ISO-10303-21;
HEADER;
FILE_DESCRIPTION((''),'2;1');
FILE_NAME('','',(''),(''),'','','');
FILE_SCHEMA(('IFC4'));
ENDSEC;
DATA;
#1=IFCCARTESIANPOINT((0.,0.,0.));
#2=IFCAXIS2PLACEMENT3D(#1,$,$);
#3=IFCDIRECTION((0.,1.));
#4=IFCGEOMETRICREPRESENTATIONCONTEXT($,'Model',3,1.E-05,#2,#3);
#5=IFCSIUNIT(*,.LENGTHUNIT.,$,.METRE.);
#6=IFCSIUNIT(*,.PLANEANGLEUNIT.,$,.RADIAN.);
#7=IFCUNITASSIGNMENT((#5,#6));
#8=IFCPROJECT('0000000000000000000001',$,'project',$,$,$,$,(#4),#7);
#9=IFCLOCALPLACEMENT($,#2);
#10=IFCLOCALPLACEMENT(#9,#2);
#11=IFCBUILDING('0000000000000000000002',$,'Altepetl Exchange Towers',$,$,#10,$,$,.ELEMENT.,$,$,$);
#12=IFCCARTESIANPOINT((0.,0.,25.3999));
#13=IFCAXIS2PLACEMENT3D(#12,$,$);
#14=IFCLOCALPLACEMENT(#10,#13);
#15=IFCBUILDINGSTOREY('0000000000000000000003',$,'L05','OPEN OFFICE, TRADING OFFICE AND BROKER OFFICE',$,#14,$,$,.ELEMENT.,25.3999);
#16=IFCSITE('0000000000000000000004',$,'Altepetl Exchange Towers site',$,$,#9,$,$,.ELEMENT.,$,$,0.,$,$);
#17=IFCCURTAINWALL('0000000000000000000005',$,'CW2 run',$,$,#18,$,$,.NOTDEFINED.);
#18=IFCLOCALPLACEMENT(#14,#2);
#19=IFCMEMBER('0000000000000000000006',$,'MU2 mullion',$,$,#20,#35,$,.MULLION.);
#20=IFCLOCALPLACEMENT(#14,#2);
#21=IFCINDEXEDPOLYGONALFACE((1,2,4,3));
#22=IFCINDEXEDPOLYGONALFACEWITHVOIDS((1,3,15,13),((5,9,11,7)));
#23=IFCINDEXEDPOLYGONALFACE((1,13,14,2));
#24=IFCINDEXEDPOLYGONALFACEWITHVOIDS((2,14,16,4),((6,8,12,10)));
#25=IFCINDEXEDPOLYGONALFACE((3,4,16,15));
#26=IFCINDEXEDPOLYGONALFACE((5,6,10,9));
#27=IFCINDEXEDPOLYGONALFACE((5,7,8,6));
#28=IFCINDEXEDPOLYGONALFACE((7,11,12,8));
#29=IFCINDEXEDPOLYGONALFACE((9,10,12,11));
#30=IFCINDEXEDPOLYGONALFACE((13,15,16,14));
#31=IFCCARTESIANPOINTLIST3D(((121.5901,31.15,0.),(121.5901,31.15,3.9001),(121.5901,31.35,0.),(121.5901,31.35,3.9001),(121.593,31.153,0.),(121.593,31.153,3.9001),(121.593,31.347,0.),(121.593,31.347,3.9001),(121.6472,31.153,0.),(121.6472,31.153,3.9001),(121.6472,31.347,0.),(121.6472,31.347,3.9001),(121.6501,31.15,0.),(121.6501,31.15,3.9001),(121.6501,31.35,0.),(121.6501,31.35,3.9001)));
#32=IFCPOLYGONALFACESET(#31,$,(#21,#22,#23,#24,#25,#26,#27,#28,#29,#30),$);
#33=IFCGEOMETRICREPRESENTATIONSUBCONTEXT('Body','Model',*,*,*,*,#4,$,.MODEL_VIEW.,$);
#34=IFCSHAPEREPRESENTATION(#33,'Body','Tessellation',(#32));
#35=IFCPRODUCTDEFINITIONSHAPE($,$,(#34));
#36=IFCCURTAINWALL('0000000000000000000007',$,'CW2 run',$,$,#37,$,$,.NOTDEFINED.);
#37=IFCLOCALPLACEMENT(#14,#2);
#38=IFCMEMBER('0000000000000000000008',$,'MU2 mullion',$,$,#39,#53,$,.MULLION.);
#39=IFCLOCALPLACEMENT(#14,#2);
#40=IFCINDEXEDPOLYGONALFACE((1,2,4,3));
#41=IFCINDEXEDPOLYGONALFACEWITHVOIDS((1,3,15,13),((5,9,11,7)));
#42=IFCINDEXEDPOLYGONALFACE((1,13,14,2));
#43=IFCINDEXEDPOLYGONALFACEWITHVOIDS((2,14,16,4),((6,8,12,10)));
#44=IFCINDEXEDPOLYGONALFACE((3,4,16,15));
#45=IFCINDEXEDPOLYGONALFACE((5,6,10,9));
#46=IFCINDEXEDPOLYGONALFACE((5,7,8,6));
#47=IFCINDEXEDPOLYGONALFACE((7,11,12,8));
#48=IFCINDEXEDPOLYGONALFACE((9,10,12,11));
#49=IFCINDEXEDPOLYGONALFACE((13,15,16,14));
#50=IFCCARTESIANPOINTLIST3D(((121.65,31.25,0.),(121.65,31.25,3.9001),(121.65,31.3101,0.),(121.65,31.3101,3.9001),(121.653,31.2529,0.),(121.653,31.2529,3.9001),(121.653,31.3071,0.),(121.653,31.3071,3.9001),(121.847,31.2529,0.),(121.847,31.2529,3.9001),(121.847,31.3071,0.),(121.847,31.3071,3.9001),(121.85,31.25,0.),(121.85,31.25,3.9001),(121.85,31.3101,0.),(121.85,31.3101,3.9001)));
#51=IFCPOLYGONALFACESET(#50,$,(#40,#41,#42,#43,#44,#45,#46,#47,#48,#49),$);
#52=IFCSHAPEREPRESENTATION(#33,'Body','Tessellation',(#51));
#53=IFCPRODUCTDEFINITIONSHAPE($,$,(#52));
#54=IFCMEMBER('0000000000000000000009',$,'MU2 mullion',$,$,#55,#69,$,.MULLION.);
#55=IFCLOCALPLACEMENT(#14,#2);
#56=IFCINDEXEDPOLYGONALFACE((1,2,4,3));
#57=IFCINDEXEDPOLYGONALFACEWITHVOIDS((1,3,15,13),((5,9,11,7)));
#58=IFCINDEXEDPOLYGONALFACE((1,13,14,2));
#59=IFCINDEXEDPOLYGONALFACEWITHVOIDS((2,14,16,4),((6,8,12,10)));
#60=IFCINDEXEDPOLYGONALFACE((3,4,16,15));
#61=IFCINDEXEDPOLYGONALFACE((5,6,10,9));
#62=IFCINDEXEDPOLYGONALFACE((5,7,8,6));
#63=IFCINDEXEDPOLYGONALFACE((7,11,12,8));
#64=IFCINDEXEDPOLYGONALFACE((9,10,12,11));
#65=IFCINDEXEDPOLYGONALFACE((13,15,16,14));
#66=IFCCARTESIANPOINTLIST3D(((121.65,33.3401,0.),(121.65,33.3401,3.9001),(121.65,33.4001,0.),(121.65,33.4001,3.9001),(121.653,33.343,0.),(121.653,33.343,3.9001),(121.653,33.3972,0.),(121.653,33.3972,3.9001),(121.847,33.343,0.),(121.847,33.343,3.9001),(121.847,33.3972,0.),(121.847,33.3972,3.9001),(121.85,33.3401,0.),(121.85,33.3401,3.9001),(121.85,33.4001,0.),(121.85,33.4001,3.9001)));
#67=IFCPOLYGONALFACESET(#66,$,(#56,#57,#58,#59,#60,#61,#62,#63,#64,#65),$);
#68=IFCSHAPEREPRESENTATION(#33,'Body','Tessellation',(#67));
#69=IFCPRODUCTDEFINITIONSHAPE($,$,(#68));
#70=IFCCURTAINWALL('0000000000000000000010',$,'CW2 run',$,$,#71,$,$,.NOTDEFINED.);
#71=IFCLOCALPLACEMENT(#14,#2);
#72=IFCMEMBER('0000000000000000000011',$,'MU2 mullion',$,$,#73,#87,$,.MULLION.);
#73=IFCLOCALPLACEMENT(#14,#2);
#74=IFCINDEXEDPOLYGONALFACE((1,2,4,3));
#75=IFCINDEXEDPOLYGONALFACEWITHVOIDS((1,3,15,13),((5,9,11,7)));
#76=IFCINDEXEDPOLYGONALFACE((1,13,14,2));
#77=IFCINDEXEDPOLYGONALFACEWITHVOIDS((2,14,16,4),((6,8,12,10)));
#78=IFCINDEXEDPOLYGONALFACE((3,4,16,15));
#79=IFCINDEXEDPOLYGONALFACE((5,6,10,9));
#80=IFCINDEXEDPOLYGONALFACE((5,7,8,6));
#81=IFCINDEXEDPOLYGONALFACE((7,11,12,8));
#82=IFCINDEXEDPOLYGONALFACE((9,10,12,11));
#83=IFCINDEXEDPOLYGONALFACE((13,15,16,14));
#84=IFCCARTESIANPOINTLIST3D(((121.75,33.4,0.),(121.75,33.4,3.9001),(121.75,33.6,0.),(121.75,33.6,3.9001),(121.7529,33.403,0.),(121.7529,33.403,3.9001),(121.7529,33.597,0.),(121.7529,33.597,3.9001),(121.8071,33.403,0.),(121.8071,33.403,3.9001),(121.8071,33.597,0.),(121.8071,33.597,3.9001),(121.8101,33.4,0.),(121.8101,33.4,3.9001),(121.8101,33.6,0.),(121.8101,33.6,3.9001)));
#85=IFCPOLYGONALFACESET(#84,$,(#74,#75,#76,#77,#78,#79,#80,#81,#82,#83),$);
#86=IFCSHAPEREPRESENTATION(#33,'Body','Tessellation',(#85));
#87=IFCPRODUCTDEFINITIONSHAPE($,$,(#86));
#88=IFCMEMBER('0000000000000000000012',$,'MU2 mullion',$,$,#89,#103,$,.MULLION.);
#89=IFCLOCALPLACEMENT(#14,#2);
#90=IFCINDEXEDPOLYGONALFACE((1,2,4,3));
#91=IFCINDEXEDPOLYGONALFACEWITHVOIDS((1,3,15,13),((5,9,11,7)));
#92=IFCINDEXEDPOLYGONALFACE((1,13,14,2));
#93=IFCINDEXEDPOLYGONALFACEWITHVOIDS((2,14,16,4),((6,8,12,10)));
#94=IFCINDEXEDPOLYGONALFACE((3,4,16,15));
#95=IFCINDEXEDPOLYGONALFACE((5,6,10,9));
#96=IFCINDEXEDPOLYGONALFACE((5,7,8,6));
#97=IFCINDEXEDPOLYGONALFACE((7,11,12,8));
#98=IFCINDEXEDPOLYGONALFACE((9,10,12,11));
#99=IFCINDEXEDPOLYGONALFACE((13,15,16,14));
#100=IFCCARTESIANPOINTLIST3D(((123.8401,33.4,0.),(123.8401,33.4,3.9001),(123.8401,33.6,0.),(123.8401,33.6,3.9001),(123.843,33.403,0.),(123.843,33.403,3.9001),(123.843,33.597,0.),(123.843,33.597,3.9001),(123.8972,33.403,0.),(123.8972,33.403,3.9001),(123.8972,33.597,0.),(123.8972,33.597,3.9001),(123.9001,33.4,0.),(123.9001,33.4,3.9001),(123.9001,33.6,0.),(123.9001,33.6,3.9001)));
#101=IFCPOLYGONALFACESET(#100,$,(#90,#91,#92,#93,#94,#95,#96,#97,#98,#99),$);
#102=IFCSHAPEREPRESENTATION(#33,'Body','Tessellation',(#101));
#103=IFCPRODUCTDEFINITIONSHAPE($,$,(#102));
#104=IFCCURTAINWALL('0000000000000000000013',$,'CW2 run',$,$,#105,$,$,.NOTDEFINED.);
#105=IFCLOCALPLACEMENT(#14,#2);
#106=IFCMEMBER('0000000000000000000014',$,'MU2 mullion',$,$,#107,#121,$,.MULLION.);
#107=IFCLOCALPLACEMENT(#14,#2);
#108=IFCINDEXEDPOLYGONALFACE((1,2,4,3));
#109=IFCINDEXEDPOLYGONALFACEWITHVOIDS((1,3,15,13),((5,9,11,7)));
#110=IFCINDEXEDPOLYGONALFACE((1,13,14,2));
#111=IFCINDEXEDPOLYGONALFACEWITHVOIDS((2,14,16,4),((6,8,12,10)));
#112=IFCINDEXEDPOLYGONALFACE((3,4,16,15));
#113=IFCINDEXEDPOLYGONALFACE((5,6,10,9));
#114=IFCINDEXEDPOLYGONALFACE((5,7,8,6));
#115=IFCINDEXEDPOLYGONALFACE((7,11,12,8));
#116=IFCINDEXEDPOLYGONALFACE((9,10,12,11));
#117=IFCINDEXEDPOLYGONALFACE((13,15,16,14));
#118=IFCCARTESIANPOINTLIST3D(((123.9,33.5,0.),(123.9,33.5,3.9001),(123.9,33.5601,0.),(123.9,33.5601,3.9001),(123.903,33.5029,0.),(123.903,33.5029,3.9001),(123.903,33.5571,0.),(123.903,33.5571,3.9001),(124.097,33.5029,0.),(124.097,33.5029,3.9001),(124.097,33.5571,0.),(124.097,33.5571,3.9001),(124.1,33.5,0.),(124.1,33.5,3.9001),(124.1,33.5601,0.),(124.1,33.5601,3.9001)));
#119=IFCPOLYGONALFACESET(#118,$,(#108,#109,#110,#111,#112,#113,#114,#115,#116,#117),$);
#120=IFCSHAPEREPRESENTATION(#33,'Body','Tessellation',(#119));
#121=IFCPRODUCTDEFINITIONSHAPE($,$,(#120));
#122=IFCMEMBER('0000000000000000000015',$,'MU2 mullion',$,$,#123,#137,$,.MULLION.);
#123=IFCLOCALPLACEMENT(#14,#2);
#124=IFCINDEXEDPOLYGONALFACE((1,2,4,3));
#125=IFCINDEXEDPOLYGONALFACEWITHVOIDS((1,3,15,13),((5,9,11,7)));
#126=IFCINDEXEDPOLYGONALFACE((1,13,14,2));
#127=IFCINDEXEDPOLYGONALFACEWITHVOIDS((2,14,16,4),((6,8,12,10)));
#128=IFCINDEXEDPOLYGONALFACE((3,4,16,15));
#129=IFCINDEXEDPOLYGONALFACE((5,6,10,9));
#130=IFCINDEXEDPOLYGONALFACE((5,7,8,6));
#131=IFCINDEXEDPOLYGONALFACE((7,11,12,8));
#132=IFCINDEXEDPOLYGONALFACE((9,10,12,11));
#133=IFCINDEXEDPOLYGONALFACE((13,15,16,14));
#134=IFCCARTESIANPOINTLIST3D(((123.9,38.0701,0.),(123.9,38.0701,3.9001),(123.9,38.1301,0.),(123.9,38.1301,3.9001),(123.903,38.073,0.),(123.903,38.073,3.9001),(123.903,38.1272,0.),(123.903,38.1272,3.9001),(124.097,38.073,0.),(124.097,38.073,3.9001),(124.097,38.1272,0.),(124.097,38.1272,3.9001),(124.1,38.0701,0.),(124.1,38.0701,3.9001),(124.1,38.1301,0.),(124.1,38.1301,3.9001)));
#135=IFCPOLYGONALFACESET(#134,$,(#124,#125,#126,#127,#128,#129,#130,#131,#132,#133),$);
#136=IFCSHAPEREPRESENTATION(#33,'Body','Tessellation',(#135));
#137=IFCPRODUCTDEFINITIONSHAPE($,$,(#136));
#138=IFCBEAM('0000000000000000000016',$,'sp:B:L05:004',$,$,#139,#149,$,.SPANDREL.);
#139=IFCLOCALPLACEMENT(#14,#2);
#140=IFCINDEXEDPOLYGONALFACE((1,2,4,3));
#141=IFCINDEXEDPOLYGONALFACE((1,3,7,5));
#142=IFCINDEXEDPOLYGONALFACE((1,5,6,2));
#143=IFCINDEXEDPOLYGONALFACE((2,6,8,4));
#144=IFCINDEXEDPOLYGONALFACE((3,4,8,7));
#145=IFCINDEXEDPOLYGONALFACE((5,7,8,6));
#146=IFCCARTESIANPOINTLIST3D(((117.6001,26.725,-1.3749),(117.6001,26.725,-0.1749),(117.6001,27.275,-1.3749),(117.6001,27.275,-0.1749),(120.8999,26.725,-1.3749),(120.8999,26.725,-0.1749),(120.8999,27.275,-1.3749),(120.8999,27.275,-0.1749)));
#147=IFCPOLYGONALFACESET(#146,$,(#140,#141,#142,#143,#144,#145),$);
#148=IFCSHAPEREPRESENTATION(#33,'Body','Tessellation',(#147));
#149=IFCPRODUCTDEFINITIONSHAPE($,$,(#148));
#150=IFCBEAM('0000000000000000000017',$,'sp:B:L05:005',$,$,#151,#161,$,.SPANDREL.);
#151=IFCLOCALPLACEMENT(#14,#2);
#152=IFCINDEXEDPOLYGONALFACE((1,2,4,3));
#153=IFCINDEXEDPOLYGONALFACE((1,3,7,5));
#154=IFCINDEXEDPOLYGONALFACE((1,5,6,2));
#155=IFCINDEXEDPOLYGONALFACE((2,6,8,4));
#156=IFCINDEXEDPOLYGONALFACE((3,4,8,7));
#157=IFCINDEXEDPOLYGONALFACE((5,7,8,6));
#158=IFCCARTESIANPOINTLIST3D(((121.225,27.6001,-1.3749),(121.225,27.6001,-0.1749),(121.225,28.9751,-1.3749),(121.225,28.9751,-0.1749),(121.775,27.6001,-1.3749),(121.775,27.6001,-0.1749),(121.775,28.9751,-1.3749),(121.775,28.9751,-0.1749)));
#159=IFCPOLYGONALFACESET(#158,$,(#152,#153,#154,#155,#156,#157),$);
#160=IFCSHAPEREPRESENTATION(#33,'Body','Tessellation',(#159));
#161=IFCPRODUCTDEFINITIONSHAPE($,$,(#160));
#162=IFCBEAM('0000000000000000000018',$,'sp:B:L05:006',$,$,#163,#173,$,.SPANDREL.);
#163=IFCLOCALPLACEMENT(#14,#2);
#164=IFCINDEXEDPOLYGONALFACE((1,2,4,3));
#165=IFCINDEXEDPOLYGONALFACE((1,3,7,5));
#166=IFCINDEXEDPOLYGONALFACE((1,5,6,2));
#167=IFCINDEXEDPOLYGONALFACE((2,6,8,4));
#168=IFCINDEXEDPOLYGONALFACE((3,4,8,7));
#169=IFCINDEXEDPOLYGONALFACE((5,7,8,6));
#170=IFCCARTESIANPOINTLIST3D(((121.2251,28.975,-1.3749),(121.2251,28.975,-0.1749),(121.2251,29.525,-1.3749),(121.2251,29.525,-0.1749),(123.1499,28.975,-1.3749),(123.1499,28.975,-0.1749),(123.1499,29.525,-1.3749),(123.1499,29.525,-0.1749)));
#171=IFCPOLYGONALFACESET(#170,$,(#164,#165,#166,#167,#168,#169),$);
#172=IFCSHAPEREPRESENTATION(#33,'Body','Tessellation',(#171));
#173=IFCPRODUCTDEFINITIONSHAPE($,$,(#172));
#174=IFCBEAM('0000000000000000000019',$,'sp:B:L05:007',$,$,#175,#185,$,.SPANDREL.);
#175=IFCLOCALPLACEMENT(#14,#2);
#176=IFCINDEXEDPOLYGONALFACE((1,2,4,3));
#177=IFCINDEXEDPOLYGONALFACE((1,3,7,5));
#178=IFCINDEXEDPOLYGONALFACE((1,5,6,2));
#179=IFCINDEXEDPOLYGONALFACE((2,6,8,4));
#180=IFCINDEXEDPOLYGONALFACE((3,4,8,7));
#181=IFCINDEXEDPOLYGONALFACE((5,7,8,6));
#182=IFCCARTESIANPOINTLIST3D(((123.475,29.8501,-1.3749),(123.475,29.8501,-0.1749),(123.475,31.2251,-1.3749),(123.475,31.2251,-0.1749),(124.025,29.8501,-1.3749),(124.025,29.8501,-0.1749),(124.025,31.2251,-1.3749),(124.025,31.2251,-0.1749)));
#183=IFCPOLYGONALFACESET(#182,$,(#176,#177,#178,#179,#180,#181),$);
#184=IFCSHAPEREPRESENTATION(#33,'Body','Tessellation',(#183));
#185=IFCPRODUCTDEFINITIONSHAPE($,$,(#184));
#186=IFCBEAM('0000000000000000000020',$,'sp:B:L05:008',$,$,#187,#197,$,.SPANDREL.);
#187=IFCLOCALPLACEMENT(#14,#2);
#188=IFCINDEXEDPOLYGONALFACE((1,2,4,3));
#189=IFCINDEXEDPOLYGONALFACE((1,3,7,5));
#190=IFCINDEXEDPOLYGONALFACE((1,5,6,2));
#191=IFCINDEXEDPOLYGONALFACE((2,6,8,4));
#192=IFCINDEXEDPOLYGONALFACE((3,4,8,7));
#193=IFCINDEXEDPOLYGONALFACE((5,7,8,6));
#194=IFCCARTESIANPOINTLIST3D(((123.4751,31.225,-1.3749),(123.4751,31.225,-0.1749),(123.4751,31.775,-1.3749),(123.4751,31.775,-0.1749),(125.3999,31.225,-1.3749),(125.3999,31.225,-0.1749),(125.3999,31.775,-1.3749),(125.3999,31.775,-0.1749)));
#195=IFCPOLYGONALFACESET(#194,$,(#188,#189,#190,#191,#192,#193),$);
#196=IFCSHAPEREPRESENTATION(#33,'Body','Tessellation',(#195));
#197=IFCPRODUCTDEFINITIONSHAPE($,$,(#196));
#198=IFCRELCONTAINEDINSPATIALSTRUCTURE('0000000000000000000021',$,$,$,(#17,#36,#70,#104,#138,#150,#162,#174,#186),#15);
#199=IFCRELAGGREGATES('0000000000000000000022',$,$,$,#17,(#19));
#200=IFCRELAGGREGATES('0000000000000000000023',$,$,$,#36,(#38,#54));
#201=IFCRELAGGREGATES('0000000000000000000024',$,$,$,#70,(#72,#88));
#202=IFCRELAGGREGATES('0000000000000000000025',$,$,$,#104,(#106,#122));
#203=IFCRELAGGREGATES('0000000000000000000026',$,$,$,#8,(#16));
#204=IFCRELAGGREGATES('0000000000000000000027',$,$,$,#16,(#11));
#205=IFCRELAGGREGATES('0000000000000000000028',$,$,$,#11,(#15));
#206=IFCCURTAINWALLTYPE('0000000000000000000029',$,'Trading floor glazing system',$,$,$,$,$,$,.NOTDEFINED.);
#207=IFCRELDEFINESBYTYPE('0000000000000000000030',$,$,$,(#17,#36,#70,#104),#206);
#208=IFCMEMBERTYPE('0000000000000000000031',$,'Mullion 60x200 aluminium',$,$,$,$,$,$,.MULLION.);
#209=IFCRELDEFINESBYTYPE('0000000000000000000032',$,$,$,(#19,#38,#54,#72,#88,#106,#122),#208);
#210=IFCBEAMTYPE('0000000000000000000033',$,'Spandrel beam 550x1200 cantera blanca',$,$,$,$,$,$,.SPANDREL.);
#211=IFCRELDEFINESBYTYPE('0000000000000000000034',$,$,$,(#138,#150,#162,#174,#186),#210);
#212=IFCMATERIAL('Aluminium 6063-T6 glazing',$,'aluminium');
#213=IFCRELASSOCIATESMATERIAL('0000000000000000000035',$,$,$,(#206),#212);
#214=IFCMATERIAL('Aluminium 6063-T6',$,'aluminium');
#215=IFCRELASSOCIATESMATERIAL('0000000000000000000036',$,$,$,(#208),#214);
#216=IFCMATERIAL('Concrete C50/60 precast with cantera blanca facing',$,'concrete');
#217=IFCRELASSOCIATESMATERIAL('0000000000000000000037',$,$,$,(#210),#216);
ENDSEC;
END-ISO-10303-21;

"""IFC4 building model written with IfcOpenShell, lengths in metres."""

from ifc_helpers import new_model, si_unit, direction, frame, origin, origin_2d, place, context, subcontext, project, spatial, rectangle, hollow_rectangle, extrude, material, material_profile, profile_set, type_object, element, aggregate, save


model = new_model("IFC4")

# Units and contexts
model_context = context("Model", 3, precision=1e-05, world=origin(), true_north=direction((0.0, 1.0)))
body_context = subcontext(model_context, "Body", "Model", "MODEL_VIEW")
ifc_project = project(units=[si_unit("LENGTHUNIT", "METRE"), si_unit("PLANEANGLEUNIT", "RADIAN")], contexts=[model_context])

# Site, building, storey
site_placement = place(None, origin())
site = spatial("IfcSite", under=ifc_project, at=site_placement, Name="Altepetl Exchange Towers site", CompositionType="ELEMENT", RefElevation=0.0)
building_placement = place(site_placement, origin())
building = spatial("IfcBuilding", under=site, at=building_placement, Name="Altepetl Exchange Towers", CompositionType="ELEMENT")
storey_placement = place(building_placement, frame((0.0, 0.0, 25.3999)))
storey = spatial("IfcBuildingStorey", under=building, at=storey_placement, Name="L05", Description="OPEN OFFICE, TRADING OFFICE AND BROKER OFFICE", CompositionType="ELEMENT", Elevation=25.3999)

# Shared definitions
ifc_material_1 = material(Name="Aluminium 6063-T6 glazing", Category="aluminium")
curtain_wall_type = type_object("IfcCurtainWallType", Name="Trading floor glazing system", PredefinedType="NOTDEFINED", material=ifc_material_1)
ifc_material_2 = material(Name="Aluminium 6063-T6", Category="aluminium")
ifc_material_profile_1 = material_profile(ifc_material_2, hollow_rectangle(XDim=0.0601, YDim=0.2, WallThickness=0.0029, at=origin_2d()), Name="Mullion 60x200 aluminium")
ifc_profile_set_1 = profile_set([ifc_material_profile_1], Name="Aluminium 6063-T6")
member_type = type_object("IfcMemberType", Name="Mullion 60x200 aluminium", PredefinedType="MULLION", material=ifc_profile_set_1)

# Curtain walls, members
curtain_wall_1_placement = place(storey_placement, origin())
curtain_wall_1 = element("IfcCurtainWall", 1, at=curtain_wall_1_placement, inside=storey, type_object=curtain_wall_type, Name="CW2 run", PredefinedType="NOTDEFINED")
member_1_placement = place(storey_placement, frame((121.6201, 31.25, 0.0)))
member_1 = element("IfcMember", 2, at=member_1_placement, type_object=member_type, Name="MU2 mullion", PredefinedType="MULLION", context=body_context, shape_type="SweptSolid", body=[
    extrude(hollow_rectangle(XDim=0.0601, YDim=0.2, WallThickness=0.0029, at=origin_2d()), origin(), (0.0, 0.0, 1.0), 3.9001),
])
curtain_wall_2_placement = place(storey_placement, origin())
curtain_wall_2 = element("IfcCurtainWall", 3, at=curtain_wall_2_placement, inside=storey, type_object=curtain_wall_type, Name="CW2 run", PredefinedType="NOTDEFINED")
member_2_placement = place(storey_placement, frame((121.75, 31.28, 0.0), z_axis=(0.0, 0.0, 1.0), x_axis=(0.0, 1.0, 0.0)))
member_2 = element("IfcMember", 4, at=member_2_placement, type_object=member_type, Name="MU2 mullion", PredefinedType="MULLION", context=body_context, shape_type="SweptSolid", body=[
    extrude(hollow_rectangle(XDim=0.0601, YDim=0.2, WallThickness=0.0029, at=origin_2d()), origin(), (0.0, 0.0, 1.0), 3.9001),
])
member_3_placement = place(storey_placement, frame((121.75, 33.3701, 0.0), z_axis=(0.0, 0.0, 1.0), x_axis=(0.0, 1.0, 0.0)))
member_3 = element("IfcMember", 5, at=member_3_placement, type_object=member_type, Name="MU2 mullion", PredefinedType="MULLION", context=body_context, shape_type="SweptSolid", body=[
    extrude(hollow_rectangle(XDim=0.0601, YDim=0.2, WallThickness=0.0029, at=origin_2d()), origin(), (0.0, 0.0, 1.0), 3.9001),
])
curtain_wall_3_placement = place(storey_placement, origin())
curtain_wall_3 = element("IfcCurtainWall", 6, at=curtain_wall_3_placement, inside=storey, type_object=curtain_wall_type, Name="CW2 run", PredefinedType="NOTDEFINED")
member_4_placement = place(storey_placement, frame((121.78, 33.5, 0.0)))
member_4 = element("IfcMember", 7, at=member_4_placement, type_object=member_type, Name="MU2 mullion", PredefinedType="MULLION", context=body_context, shape_type="SweptSolid", body=[
    extrude(hollow_rectangle(XDim=0.0601, YDim=0.2, WallThickness=0.0029, at=origin_2d()), origin(), (0.0, 0.0, 1.0), 3.9001),
])
member_5_placement = place(storey_placement, frame((123.8701, 33.5, 0.0)))
member_5 = element("IfcMember", 8, at=member_5_placement, type_object=member_type, Name="MU2 mullion", PredefinedType="MULLION", context=body_context, shape_type="SweptSolid", body=[
    extrude(hollow_rectangle(XDim=0.0601, YDim=0.2, WallThickness=0.0029, at=origin_2d()), origin(), (0.0, 0.0, 1.0), 3.9001),
])
curtain_wall_4_placement = place(storey_placement, origin())
curtain_wall_4 = element("IfcCurtainWall", 9, at=curtain_wall_4_placement, inside=storey, type_object=curtain_wall_type, Name="CW2 run", PredefinedType="NOTDEFINED")
member_6_placement = place(storey_placement, frame((124.0, 33.53, 0.0), z_axis=(0.0, 0.0, 1.0), x_axis=(0.0, 1.0, 0.0)))
member_6 = element("IfcMember", 10, at=member_6_placement, type_object=member_type, Name="MU2 mullion", PredefinedType="MULLION", context=body_context, shape_type="SweptSolid", body=[
    extrude(hollow_rectangle(XDim=0.0601, YDim=0.2, WallThickness=0.0029, at=origin_2d()), origin(), (0.0, 0.0, 1.0), 3.9001),
])
member_7_placement = place(storey_placement, frame((124.0, 38.1001, 0.0), z_axis=(0.0, 0.0, 1.0), x_axis=(0.0, 1.0, 0.0)))
member_7 = element("IfcMember", 11, at=member_7_placement, type_object=member_type, Name="MU2 mullion", PredefinedType="MULLION", context=body_context, shape_type="SweptSolid", body=[
    extrude(hollow_rectangle(XDim=0.0601, YDim=0.2, WallThickness=0.0029, at=origin_2d()), origin(), (0.0, 0.0, 1.0), 3.9001),
])

# Beams
ifc_material_3 = material(Name="Concrete C50/60 precast with cantera blanca facing", Category="concrete")
ifc_material_profile_2 = material_profile(ifc_material_3, rectangle(XDim=0.55, YDim=1.2, at=origin_2d()), Name="550 x 1200")
ifc_profile_set_2 = profile_set([ifc_material_profile_2], Name="Concrete C50/60 precast with cantera blanca facing")
beam_type_1 = type_object("IfcBeamType", Name="Spandrel beam 550x1200 cantera blanca", PredefinedType="SPANDREL", material=ifc_profile_set_2)
beam_1_placement = place(storey_placement, frame((117.6001, 27.0, -0.7749), z_axis=(1.0, 0.0, 0.0), x_axis=(0.0, 1.0, 0.0)))
element("IfcBeam", 12, at=beam_1_placement, inside=storey, type_object=beam_type_1, Name="sp:B:L05:004", PredefinedType="SPANDREL", context=body_context, shape_type="SweptSolid", body=[
    extrude(rectangle(XDim=0.55, YDim=1.2, at=origin_2d()), origin(), (0.0, 0.0, 1.0), 3.2998),
])
beam_2_placement = place(storey_placement, frame((121.5, 27.6001, -0.7749), z_axis=(0.0, 1.0, 0.0), x_axis=(-1.0, 0.0, 0.0)))
element("IfcBeam", 13, at=beam_2_placement, inside=storey, type_object=beam_type_1, Name="sp:B:L05:005", PredefinedType="SPANDREL", context=body_context, shape_type="SweptSolid", body=[
    extrude(rectangle(XDim=0.55, YDim=1.2, at=origin_2d()), origin(), (0.0, 0.0, 1.0), 1.375),
])
beam_3_placement = place(storey_placement, frame((121.2251, 29.25, -0.7749), z_axis=(1.0, 0.0, 0.0), x_axis=(0.0, 1.0, 0.0)))
element("IfcBeam", 14, at=beam_3_placement, inside=storey, type_object=beam_type_1, Name="sp:B:L05:006", PredefinedType="SPANDREL", context=body_context, shape_type="SweptSolid", body=[
    extrude(rectangle(XDim=0.55, YDim=1.2, at=origin_2d()), origin(), (0.0, 0.0, 1.0), 1.9248),
])
beam_4_placement = place(storey_placement, frame((123.75, 29.8501, -0.7749), z_axis=(0.0, 1.0, 0.0), x_axis=(-1.0, 0.0, 0.0)))
element("IfcBeam", 15, at=beam_4_placement, inside=storey, type_object=beam_type_1, Name="sp:B:L05:007", PredefinedType="SPANDREL", context=body_context, shape_type="SweptSolid", body=[
    extrude(rectangle(XDim=0.55, YDim=1.2, at=origin_2d()), origin(), (0.0, 0.0, 1.0), 1.375),
])
beam_5_placement = place(storey_placement, frame((123.4751, 31.5, -0.7749), z_axis=(1.0, 0.0, 0.0), x_axis=(0.0, 1.0, 0.0)))
element("IfcBeam", 16, at=beam_5_placement, inside=storey, type_object=beam_type_1, Name="sp:B:L05:008", PredefinedType="SPANDREL", context=body_context, shape_type="SweptSolid", body=[
    extrude(rectangle(XDim=0.55, YDim=1.2, at=origin_2d()), origin(), (0.0, 0.0, 1.0), 1.9248),
])

aggregate(curtain_wall_1, [member_1])
aggregate(curtain_wall_2, [member_2, member_3])
aggregate(curtain_wall_3, [member_4, member_5])
aggregate(curtain_wall_4, [member_6, member_7])

save(model, "model.ifc")
